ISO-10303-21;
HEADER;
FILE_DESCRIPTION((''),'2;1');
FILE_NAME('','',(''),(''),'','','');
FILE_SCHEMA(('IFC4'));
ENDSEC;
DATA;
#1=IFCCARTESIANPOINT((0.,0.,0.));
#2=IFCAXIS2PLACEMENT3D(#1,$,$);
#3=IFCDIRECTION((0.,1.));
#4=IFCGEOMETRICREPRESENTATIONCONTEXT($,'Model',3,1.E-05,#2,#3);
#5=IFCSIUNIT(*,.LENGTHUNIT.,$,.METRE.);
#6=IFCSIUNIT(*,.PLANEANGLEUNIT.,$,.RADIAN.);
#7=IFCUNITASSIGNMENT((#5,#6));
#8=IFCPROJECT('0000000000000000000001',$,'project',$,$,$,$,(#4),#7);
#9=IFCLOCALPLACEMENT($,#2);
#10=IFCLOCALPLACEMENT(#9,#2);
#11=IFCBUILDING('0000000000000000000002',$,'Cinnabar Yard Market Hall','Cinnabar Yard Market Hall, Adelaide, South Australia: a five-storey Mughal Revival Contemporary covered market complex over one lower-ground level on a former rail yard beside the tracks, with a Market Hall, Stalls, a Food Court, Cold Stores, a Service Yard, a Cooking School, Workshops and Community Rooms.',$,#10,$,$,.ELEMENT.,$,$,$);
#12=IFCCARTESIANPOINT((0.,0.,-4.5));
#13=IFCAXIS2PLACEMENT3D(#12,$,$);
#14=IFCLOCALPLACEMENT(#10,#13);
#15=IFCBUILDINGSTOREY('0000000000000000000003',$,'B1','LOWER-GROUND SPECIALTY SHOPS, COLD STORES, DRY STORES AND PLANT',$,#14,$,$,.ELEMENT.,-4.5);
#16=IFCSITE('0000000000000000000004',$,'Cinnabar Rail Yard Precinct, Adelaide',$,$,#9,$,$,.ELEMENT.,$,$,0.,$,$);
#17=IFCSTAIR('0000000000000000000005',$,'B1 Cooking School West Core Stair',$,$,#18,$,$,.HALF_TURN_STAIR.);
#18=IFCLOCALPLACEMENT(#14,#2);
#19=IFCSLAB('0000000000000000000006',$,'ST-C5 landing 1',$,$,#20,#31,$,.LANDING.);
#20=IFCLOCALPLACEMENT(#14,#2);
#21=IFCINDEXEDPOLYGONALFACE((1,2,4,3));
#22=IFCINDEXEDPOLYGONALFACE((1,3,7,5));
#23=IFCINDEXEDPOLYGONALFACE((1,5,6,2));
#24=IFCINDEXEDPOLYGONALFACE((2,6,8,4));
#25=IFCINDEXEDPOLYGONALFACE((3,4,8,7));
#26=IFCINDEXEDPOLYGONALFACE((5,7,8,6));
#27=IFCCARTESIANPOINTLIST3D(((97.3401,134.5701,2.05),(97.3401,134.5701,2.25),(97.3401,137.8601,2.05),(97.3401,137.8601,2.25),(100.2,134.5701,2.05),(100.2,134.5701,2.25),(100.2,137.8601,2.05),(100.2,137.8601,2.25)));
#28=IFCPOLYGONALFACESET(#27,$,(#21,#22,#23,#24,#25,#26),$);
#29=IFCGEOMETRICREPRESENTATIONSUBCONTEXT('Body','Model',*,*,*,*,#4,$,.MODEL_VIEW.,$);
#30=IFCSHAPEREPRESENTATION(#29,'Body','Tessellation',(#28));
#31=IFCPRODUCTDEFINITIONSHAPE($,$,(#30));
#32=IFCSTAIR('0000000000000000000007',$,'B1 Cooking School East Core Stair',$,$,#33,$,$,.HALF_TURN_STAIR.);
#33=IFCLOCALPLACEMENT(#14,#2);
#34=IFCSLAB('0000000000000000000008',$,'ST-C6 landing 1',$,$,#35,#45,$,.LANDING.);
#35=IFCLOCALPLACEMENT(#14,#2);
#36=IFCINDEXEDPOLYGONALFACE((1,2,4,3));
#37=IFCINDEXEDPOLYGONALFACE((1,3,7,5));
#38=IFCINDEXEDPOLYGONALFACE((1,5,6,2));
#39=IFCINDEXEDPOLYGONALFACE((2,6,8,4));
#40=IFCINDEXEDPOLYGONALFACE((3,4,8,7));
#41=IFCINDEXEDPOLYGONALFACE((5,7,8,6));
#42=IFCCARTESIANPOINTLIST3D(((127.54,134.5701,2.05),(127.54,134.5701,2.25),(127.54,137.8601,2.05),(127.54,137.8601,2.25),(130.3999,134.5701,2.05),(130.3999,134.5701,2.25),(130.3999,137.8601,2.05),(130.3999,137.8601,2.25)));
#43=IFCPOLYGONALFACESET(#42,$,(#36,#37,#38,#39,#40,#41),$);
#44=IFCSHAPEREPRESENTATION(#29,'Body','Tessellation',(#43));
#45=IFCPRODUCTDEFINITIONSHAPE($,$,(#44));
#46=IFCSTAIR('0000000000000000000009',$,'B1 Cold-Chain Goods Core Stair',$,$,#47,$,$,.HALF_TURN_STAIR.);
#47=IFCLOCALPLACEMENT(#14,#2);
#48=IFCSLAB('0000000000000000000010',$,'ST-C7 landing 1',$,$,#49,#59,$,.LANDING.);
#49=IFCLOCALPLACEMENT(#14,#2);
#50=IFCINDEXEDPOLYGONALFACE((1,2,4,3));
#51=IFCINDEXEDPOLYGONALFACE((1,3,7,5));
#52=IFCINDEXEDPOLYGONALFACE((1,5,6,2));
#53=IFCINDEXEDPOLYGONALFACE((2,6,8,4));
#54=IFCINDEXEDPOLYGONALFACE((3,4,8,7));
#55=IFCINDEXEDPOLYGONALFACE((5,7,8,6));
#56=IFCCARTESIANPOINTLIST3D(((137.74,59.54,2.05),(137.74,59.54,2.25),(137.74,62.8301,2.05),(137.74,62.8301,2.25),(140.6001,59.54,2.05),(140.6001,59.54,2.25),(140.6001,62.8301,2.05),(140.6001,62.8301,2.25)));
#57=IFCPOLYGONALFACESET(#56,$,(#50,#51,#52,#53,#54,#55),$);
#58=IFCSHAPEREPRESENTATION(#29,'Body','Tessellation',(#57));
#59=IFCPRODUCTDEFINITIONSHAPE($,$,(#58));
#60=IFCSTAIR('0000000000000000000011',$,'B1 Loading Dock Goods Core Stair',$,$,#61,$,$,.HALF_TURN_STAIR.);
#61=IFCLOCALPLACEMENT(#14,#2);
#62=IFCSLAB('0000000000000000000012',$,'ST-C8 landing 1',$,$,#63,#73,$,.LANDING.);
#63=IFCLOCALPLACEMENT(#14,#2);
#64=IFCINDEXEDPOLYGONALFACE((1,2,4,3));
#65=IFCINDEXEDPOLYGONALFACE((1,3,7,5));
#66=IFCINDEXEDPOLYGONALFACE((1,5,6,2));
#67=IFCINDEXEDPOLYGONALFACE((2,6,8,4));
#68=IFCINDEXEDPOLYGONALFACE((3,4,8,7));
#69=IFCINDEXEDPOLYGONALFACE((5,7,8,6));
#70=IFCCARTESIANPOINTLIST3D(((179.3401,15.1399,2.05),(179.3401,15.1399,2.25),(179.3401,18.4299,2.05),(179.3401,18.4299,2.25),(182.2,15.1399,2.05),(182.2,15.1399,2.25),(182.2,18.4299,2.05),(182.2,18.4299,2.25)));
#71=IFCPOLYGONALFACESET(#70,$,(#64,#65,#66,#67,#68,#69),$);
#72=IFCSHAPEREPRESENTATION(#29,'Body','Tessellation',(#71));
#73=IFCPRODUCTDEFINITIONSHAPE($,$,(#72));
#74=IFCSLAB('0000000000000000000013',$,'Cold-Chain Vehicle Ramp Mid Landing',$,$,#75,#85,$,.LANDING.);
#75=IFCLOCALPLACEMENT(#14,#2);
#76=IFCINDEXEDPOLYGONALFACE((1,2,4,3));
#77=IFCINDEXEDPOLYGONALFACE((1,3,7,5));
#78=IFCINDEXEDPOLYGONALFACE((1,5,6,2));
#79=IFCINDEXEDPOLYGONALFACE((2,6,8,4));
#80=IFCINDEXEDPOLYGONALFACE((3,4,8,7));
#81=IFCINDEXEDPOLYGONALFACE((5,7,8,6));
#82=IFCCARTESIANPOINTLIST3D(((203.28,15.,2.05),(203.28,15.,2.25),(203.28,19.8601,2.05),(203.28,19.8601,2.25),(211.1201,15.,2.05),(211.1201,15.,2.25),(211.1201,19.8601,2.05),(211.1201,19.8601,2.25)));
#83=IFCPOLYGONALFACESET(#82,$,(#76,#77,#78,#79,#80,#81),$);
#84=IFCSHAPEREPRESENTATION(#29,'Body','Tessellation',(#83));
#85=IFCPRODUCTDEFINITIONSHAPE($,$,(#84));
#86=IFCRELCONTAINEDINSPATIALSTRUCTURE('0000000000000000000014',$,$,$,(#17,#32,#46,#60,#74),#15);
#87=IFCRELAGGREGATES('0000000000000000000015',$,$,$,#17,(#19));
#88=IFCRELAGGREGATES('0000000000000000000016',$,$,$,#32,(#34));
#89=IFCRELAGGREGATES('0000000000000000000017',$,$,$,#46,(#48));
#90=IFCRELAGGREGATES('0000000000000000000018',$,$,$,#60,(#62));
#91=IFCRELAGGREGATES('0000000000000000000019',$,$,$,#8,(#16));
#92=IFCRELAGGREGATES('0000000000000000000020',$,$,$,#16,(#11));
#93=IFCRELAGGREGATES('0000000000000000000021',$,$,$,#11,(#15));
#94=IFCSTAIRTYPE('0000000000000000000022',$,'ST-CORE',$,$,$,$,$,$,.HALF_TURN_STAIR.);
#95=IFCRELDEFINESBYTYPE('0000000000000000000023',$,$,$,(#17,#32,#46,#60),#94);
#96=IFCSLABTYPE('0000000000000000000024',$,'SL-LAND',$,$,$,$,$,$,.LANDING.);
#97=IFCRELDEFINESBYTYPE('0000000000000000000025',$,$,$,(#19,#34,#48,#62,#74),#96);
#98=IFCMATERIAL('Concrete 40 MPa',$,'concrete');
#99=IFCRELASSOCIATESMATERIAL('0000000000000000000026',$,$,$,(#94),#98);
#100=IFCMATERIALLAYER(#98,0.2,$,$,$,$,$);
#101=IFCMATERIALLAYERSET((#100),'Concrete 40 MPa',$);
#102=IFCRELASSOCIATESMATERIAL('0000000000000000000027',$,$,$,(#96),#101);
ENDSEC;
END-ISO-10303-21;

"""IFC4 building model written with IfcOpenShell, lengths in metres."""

from ifc_helpers import new_model, si_unit, direction, frame, origin, place, context, subcontext, project, spatial, polyline, outline, extrude, material, layer, layer_set, type_object, element, aggregate, save


model = new_model("IFC4")

# Units and contexts
model_context = context("Model", 3, precision=1e-05, world=origin(), true_north=direction((0.0, 1.0)))
body_context = subcontext(model_context, "Body", "Model", "MODEL_VIEW")
ifc_project = project(units=[si_unit("LENGTHUNIT", "METRE"), si_unit("PLANEANGLEUNIT", "RADIAN")], contexts=[model_context])

# Site, building, storey
site_placement = place(None, origin())
site = spatial("IfcSite", under=ifc_project, at=site_placement, Name="Cinnabar Rail Yard Precinct, Adelaide", CompositionType="ELEMENT", RefElevation=0.0)
building_placement = place(site_placement, origin())
building = spatial("IfcBuilding", under=site, at=building_placement, Name="Cinnabar Yard Market Hall", Description="Cinnabar Yard Market Hall, Adelaide, South Australia: a five-storey Mughal Revival Contemporary covered market complex over one lower-ground level on a former rail yard beside the tracks, with a Market Hall, Stalls, a Food Court, Cold Stores, a Service Yard, a Cooking School, Workshops and Community Rooms.", CompositionType="ELEMENT")
storey_placement = place(building_placement, frame((0.0, 0.0, -4.5)))
storey = spatial("IfcBuildingStorey", under=building, at=storey_placement, Name="B1", Description="LOWER-GROUND SPECIALTY SHOPS, COLD STORES, DRY STORES AND PLANT", CompositionType="ELEMENT", Elevation=-4.5)

# Shared definitions
ifc_material_1 = material(Name="Concrete 40 MPa", Category="concrete")

# Stairs, slabs
stair_type = type_object("IfcStairType", Name="ST-CORE", PredefinedType="HALF_TURN_STAIR", material=ifc_material_1)
ifc_layer_1 = layer(ifc_material_1, 0.2)
ifc_layer_set_1 = layer_set([ifc_layer_1], Name="Concrete 40 MPa")
slab_type_1 = type_object("IfcSlabType", Name="SL-LAND", PredefinedType="LANDING", material=ifc_layer_set_1)
stair_1_placement = place(storey_placement, origin())
stair_1 = element("IfcStair", 1, at=stair_1_placement, inside=storey, type_object=stair_type, Name="B1 Cooking School West Core Stair", PredefinedType="HALF_TURN_STAIR")
slab_1_placement = place(storey_placement, frame((0.0, 0.0, 2.05)))
slab_1 = element("IfcSlab", 2, at=slab_1_placement, type_object=slab_type_1, Name="ST-C5 landing 1", PredefinedType="LANDING", context=body_context, shape_type="SweptSolid", body=[
    extrude(outline(polyline([(100.2, 134.5701), (100.2, 137.8601), (97.3401, 137.8601), (97.3401, 134.5701), (100.2, 134.5701)])), origin(), (0.0, 0.0, 1.0), 0.2),
])
aggregate(stair_1, [slab_1])
stair_2_placement = place(storey_placement, origin())
stair_2 = element("IfcStair", 3, at=stair_2_placement, inside=storey, type_object=stair_type, Name="B1 Cooking School East Core Stair", PredefinedType="HALF_TURN_STAIR")
slab_2_placement = place(storey_placement, frame((0.0, 0.0, 2.05)))
slab_2 = element("IfcSlab", 4, at=slab_2_placement, type_object=slab_type_1, Name="ST-C6 landing 1", PredefinedType="LANDING", context=body_context, shape_type="SweptSolid", body=[
    extrude(outline(polyline([(130.3999, 134.5701), (130.3999, 137.8601), (127.54, 137.8601), (127.54, 134.5701), (130.3999, 134.5701)])), origin(), (0.0, 0.0, 1.0), 0.2),
])
aggregate(stair_2, [slab_2])
stair_3_placement = place(storey_placement, origin())
stair_3 = element("IfcStair", 5, at=stair_3_placement, inside=storey, type_object=stair_type, Name="B1 Cold-Chain Goods Core Stair", PredefinedType="HALF_TURN_STAIR")
slab_3_placement = place(storey_placement, frame((0.0, 0.0, 2.05)))
slab_3 = element("IfcSlab", 6, at=slab_3_placement, type_object=slab_type_1, Name="ST-C7 landing 1", PredefinedType="LANDING", context=body_context, shape_type="SweptSolid", body=[
    extrude(outline(polyline([(137.74, 62.8301), (137.74, 59.54), (140.6001, 59.54), (140.6001, 62.8301), (137.74, 62.8301)])), origin(), (0.0, 0.0, 1.0), 0.2),
])
aggregate(stair_3, [slab_3])
stair_4_placement = place(storey_placement, origin())
stair_4 = element("IfcStair", 7, at=stair_4_placement, inside=storey, type_object=stair_type, Name="B1 Loading Dock Goods Core Stair", PredefinedType="HALF_TURN_STAIR")
slab_4_placement = place(storey_placement, frame((0.0, 0.0, 2.05)))
slab_4 = element("IfcSlab", 8, at=slab_4_placement, type_object=slab_type_1, Name="ST-C8 landing 1", PredefinedType="LANDING", context=body_context, shape_type="SweptSolid", body=[
    extrude(outline(polyline([(179.3401, 18.4299), (179.3401, 15.1399), (182.2, 15.1399), (182.2, 18.4299), (179.3401, 18.4299)])), origin(), (0.0, 0.0, 1.0), 0.2),
])
aggregate(stair_4, [slab_4])

# Slab
slab_5_placement = place(storey_placement, frame((0.0, 0.0, 2.05)))
element("IfcSlab", 9, at=slab_5_placement, inside=storey, type_object=slab_type_1, Name="Cold-Chain Vehicle Ramp Mid Landing", PredefinedType="LANDING", context=body_context, shape_type="SweptSolid", body=[
    extrude(outline(polyline([(203.28, 15.0), (211.1201, 15.0), (211.1201, 19.8601), (203.28, 19.8601), (203.28, 15.0)])), origin(), (0.0, 0.0, 1.0), 0.2),
])

save(model, "model.ifc")
